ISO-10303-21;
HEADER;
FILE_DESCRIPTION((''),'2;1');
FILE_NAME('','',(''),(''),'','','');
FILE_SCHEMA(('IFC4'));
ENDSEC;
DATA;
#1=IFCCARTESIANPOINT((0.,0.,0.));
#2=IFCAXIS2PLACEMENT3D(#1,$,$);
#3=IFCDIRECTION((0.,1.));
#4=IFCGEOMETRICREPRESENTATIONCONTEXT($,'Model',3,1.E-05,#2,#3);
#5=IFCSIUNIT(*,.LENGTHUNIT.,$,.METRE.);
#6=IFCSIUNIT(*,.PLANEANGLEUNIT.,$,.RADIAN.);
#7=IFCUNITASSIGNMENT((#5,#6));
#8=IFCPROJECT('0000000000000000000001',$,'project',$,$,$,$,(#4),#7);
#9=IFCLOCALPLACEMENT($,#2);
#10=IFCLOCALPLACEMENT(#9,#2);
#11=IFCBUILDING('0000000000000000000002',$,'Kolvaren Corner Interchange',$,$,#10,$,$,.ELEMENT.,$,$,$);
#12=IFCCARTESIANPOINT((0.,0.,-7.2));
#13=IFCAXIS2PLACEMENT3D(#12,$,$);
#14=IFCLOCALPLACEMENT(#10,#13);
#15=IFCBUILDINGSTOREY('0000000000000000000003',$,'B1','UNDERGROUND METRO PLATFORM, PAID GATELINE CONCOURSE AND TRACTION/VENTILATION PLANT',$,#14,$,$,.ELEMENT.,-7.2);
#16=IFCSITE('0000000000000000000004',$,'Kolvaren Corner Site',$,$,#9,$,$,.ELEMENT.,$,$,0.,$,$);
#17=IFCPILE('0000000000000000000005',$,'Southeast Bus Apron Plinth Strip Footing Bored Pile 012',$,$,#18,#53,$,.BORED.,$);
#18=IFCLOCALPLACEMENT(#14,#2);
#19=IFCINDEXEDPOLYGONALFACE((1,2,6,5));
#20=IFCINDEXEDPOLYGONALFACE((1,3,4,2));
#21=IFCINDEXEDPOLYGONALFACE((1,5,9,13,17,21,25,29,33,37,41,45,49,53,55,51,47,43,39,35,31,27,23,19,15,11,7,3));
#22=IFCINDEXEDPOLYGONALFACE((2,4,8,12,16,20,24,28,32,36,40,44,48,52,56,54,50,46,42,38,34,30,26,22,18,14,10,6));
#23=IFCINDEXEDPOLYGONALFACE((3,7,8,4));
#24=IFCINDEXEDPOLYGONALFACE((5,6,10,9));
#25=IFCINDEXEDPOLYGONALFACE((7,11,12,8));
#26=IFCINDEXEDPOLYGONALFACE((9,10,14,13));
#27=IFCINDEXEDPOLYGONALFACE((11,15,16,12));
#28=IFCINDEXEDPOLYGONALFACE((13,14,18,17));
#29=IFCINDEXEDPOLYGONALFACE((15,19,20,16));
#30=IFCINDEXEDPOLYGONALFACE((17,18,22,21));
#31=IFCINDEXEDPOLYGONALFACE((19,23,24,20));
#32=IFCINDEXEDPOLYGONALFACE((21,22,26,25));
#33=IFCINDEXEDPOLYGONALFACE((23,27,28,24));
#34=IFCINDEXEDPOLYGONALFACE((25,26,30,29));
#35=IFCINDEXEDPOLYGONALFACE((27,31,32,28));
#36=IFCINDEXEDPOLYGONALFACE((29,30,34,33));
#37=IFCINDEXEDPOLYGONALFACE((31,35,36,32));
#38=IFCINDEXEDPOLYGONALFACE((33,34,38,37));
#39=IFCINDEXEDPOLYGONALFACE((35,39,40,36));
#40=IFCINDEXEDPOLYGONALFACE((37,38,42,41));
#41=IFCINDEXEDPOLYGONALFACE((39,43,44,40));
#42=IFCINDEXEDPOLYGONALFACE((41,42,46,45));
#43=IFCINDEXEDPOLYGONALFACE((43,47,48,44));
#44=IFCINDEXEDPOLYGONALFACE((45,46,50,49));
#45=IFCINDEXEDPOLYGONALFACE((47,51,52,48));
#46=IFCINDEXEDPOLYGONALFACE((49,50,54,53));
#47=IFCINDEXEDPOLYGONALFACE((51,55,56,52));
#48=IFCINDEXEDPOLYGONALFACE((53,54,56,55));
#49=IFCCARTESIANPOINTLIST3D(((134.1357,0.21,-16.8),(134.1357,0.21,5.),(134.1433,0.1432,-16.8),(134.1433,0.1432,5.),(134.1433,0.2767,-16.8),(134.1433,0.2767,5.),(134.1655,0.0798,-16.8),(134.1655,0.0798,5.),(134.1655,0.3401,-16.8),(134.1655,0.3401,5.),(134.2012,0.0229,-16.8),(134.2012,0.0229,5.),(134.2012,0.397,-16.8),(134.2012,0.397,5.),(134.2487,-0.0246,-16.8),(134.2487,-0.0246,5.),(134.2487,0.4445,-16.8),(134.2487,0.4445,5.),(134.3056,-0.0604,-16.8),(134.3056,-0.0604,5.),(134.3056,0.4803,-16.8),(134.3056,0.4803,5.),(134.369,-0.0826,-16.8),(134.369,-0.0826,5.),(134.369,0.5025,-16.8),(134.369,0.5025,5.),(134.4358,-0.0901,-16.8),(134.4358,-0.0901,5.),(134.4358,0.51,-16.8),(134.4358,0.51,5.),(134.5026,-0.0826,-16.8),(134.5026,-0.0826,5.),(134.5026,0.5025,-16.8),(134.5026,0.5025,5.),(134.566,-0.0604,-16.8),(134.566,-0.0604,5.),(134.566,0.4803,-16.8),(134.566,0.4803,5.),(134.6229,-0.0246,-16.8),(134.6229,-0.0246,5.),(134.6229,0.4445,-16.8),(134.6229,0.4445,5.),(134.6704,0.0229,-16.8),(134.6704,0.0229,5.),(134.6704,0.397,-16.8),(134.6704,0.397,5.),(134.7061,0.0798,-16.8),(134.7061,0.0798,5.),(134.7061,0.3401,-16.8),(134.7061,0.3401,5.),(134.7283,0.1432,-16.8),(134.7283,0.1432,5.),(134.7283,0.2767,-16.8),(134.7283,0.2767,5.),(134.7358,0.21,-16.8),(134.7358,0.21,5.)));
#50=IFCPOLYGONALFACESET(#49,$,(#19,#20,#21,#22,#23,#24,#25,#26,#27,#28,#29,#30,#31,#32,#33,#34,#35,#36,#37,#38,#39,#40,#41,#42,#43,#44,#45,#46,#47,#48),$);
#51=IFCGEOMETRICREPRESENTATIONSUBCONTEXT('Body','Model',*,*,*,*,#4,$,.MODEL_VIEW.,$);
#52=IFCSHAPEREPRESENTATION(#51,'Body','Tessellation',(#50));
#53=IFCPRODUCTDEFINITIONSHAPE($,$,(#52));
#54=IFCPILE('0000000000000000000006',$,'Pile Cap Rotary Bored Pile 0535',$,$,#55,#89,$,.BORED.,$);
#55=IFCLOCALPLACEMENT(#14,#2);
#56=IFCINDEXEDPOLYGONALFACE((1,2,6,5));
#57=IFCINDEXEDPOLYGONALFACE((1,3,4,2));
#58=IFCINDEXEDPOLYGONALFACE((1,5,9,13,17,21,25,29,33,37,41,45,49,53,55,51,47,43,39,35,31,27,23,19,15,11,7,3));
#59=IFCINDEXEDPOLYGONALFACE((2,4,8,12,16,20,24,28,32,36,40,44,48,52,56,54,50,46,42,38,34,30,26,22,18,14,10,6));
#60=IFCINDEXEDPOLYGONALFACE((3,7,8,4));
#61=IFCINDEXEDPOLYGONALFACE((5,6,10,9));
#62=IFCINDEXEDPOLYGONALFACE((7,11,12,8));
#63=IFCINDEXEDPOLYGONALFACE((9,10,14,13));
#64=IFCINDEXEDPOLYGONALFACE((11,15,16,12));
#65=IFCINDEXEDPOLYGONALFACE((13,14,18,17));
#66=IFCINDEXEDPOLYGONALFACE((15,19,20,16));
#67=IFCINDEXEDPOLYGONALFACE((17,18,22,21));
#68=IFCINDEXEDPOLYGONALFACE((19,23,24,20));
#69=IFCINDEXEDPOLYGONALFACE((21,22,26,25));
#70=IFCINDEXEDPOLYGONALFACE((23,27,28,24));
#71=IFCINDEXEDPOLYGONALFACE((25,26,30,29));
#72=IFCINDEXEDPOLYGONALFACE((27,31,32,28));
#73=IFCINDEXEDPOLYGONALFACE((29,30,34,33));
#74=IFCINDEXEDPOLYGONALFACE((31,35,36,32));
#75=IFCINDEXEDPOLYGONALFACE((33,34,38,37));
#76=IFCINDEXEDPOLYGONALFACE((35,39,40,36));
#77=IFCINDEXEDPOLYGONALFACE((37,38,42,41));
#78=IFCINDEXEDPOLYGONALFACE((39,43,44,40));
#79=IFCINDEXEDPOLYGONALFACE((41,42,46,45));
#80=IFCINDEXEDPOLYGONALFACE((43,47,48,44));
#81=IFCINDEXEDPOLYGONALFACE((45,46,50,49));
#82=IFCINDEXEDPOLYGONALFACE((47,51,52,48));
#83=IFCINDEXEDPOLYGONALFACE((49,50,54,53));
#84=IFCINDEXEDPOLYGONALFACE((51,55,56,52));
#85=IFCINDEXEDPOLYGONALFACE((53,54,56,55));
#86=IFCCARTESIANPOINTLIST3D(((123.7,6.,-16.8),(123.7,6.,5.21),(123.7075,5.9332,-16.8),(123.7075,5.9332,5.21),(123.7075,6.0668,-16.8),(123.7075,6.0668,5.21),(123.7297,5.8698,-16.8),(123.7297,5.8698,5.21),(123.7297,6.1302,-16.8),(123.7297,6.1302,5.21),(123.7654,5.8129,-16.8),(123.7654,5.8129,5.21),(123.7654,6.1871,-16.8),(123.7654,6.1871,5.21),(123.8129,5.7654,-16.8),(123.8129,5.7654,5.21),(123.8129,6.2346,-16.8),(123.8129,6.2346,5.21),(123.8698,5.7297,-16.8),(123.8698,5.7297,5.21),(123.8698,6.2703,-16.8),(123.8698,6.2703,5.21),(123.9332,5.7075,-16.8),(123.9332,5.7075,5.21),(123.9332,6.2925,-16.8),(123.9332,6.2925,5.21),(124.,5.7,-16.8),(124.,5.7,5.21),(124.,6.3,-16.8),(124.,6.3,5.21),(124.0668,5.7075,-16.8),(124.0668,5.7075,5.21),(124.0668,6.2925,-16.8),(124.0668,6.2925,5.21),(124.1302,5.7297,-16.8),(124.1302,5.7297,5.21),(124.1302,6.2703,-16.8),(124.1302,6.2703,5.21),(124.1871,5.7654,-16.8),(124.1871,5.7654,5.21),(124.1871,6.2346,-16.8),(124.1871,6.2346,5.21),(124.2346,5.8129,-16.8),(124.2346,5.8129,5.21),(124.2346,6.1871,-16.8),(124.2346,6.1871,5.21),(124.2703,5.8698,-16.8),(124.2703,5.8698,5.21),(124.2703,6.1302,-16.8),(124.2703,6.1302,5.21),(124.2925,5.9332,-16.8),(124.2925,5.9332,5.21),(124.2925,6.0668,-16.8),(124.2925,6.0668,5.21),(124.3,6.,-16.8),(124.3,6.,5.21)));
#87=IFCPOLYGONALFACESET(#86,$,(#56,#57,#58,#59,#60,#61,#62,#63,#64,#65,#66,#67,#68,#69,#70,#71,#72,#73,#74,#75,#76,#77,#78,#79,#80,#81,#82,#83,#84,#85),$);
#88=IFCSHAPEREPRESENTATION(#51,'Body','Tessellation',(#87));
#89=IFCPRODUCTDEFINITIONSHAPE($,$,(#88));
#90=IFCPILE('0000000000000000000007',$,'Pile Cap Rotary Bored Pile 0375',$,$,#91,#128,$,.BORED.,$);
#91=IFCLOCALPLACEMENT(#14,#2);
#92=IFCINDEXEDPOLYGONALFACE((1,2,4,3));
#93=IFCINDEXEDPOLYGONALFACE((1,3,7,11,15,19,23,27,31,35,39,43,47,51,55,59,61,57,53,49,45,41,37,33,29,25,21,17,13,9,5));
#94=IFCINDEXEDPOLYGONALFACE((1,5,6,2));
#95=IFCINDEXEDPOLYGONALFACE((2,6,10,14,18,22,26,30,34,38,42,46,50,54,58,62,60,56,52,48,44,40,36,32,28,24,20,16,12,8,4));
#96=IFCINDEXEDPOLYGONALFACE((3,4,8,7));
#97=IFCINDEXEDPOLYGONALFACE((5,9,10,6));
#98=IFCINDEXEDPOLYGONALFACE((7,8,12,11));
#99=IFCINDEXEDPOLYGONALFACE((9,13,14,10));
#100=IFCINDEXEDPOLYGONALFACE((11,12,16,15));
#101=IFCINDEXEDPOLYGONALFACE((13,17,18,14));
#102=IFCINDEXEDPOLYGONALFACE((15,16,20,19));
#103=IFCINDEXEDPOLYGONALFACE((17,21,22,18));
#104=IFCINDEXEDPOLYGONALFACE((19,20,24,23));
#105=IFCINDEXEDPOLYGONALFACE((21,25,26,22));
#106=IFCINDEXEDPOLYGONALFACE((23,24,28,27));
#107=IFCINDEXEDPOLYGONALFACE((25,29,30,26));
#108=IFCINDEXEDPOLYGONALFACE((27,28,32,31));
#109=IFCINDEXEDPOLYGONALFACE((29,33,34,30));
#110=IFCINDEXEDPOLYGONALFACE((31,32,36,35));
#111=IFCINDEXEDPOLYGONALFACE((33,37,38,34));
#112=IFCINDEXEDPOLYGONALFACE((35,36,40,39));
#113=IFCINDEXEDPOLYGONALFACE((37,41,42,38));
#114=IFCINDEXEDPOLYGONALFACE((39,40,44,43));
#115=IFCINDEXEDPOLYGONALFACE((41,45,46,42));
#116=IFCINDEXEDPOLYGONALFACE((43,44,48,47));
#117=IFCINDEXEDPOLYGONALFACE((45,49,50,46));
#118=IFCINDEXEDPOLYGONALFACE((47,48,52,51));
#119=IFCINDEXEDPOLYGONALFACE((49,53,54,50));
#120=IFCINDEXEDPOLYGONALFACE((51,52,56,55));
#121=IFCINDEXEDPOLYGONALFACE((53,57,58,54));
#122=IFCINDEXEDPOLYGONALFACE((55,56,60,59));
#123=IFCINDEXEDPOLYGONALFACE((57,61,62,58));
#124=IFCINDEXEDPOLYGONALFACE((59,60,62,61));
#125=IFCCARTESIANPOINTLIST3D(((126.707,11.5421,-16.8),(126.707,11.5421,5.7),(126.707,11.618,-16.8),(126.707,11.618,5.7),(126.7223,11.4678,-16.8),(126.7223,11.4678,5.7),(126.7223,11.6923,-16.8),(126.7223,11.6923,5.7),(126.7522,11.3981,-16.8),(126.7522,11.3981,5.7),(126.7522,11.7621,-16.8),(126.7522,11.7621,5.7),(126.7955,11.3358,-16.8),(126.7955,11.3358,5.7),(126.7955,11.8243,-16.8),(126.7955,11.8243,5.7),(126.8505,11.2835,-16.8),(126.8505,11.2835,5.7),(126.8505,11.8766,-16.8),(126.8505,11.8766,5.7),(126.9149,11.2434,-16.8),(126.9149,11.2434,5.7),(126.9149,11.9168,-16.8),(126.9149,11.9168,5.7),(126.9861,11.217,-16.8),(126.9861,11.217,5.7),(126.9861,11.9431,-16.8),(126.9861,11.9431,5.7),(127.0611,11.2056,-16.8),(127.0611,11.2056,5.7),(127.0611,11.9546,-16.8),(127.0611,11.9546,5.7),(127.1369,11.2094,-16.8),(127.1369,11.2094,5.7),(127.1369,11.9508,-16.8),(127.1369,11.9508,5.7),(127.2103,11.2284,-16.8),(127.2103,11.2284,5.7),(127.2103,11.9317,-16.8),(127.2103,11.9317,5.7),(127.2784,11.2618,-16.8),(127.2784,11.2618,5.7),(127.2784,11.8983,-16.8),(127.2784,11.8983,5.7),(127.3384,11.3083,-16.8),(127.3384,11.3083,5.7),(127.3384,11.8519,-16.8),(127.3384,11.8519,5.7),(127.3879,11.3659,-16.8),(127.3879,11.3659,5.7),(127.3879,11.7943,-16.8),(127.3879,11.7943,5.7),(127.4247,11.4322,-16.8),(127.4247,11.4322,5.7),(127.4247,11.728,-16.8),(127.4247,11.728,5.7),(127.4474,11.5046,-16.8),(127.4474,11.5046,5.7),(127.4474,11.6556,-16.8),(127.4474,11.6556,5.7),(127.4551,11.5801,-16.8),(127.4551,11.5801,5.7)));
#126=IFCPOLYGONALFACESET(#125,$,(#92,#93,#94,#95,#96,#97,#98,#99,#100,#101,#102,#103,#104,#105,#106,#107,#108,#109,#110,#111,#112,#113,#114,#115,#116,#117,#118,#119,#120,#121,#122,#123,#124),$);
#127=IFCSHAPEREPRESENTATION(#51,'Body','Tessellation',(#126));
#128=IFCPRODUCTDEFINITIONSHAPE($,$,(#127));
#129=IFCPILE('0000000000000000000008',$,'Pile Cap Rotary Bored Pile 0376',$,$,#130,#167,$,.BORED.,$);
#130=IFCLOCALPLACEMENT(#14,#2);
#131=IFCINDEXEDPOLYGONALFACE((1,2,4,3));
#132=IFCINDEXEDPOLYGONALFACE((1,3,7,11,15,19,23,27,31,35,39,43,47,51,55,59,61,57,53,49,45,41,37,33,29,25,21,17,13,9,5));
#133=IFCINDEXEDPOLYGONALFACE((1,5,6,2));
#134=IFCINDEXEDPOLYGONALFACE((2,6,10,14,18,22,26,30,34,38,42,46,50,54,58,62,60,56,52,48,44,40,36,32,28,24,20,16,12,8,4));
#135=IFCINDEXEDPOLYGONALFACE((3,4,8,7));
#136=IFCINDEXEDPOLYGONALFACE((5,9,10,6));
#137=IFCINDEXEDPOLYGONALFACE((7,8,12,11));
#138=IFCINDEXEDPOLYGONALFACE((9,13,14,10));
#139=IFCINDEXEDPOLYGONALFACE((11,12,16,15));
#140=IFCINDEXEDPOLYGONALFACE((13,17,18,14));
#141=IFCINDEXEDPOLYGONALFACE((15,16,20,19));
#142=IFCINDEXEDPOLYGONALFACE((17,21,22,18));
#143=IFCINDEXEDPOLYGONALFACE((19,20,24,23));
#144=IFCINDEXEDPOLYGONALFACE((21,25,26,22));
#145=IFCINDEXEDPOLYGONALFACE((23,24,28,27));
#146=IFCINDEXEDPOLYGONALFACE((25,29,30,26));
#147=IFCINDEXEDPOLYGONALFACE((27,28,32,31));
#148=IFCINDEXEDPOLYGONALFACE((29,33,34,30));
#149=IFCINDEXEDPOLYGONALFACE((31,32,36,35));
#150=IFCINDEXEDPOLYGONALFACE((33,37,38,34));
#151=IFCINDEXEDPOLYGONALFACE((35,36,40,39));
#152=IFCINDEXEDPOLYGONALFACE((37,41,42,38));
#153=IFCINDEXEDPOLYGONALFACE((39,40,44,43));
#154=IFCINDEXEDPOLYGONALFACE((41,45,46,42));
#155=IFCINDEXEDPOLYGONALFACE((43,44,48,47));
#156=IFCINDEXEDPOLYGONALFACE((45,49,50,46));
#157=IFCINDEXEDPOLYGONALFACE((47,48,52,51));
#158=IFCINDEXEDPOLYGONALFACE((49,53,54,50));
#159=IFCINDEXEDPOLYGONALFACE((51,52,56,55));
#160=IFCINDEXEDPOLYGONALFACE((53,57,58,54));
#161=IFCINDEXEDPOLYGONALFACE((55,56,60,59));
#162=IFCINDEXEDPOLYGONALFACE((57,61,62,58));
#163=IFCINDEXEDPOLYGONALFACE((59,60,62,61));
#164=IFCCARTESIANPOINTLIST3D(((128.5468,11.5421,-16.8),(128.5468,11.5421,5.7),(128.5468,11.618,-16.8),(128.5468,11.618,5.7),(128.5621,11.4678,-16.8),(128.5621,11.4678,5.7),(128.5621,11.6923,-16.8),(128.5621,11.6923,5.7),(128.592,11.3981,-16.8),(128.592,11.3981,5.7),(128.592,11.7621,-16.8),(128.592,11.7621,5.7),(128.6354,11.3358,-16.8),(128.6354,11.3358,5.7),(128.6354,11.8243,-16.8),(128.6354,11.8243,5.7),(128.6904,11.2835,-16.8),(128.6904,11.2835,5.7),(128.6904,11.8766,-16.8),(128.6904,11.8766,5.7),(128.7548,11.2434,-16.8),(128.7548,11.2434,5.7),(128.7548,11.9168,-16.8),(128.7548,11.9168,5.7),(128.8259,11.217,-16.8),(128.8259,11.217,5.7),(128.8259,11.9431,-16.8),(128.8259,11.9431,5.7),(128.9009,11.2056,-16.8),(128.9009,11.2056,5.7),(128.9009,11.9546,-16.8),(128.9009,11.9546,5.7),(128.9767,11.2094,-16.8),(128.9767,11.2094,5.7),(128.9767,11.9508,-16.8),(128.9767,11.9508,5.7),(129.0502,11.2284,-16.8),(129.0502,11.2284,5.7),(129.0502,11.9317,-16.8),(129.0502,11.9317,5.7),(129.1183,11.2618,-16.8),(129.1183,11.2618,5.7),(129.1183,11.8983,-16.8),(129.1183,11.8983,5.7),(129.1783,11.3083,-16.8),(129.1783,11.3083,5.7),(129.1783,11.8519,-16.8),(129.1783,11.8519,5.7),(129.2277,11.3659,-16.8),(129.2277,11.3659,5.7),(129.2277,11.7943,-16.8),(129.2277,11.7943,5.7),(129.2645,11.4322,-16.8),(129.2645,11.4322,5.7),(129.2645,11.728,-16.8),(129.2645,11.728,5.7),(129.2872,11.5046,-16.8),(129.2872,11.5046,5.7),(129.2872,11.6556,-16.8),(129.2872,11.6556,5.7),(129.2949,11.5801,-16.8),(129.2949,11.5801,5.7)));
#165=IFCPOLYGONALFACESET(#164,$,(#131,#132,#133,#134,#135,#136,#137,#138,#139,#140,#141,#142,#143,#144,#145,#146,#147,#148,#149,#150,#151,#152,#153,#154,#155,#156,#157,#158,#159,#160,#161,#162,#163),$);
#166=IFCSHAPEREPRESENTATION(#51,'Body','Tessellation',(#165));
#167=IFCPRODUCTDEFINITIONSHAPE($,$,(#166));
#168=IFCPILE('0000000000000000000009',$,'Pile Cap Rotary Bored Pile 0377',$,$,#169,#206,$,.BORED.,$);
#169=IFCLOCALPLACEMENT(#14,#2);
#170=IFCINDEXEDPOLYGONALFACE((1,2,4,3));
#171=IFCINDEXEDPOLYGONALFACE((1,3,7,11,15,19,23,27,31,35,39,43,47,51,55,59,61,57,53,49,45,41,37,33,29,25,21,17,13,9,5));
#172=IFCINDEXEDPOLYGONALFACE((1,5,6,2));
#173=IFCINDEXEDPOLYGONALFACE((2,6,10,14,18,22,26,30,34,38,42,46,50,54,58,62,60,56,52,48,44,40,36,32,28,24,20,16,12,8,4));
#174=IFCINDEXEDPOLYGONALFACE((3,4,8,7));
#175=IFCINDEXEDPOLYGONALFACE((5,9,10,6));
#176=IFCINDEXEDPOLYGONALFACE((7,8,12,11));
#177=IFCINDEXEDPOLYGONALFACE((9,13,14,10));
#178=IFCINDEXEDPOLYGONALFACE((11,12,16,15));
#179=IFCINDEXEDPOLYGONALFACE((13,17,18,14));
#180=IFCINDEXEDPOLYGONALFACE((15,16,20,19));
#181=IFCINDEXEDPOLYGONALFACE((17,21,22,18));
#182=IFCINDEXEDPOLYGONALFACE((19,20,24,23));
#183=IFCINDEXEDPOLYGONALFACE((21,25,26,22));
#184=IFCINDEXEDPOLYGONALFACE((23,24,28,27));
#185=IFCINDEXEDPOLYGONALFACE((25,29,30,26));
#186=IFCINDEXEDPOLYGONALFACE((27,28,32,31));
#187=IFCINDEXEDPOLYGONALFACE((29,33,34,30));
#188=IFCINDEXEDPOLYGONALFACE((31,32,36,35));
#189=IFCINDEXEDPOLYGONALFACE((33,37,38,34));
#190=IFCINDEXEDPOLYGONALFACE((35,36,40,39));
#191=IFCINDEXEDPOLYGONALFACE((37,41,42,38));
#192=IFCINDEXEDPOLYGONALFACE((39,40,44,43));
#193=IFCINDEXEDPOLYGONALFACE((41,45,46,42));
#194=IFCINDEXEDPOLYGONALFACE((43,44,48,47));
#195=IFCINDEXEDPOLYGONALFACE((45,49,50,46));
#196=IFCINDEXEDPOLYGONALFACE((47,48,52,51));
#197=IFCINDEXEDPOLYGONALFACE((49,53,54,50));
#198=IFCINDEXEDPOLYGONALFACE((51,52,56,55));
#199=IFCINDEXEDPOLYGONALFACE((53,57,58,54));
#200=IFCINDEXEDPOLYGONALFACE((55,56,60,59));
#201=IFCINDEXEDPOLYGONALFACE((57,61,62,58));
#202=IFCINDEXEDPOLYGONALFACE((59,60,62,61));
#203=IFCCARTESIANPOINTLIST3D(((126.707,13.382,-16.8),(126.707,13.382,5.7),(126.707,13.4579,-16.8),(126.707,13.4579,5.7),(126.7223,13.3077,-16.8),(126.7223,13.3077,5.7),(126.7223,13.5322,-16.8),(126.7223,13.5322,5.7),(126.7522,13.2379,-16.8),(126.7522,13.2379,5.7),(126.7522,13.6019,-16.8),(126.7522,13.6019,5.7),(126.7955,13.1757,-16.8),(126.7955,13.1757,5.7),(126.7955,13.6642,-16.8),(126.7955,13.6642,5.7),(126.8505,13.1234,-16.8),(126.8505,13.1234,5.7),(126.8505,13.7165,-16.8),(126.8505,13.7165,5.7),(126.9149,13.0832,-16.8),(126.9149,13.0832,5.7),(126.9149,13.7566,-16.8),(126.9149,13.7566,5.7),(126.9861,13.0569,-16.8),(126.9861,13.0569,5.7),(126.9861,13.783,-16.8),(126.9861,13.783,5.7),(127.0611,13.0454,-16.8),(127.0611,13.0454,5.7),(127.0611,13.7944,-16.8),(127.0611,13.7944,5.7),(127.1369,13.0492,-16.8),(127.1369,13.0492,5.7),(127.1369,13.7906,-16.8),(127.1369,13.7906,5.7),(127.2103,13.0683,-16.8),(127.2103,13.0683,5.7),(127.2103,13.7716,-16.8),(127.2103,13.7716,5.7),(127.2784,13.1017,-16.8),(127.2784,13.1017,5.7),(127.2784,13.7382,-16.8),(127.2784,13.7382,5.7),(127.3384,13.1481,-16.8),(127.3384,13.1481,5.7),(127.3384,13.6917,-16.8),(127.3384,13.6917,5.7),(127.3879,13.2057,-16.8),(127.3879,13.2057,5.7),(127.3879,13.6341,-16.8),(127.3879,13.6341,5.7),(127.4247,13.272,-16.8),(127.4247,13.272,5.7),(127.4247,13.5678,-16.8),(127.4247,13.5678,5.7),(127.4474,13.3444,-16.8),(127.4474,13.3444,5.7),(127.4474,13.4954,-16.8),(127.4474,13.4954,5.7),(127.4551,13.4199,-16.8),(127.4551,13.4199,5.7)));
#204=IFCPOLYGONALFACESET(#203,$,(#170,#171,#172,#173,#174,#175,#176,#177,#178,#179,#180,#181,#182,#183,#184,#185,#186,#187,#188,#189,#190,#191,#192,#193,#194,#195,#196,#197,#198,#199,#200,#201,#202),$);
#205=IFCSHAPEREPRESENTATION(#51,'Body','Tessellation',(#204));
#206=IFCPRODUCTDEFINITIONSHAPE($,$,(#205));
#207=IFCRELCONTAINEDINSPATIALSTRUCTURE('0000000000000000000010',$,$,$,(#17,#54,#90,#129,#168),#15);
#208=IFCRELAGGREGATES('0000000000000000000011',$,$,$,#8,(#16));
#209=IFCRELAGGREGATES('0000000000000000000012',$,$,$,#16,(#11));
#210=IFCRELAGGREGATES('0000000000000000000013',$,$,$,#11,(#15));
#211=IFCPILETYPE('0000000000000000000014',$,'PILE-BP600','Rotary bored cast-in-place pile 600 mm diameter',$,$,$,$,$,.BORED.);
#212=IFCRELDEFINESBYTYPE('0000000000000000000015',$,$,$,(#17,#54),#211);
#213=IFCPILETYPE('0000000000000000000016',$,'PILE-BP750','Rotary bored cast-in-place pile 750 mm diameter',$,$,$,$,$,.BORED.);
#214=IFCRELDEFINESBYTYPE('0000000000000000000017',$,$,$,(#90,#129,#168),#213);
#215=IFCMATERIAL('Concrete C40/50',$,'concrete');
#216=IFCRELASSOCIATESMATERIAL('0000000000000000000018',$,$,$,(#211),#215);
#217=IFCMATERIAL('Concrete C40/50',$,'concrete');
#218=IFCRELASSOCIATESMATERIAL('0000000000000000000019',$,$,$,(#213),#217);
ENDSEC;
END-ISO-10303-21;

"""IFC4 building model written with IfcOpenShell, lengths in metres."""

from ifc_helpers import new_model, si_unit, direction, frame, origin, origin_2d, place, context, subcontext, project, spatial, circle, extrude, material, material_profile, profile_set, type_object, element, save


model = new_model("IFC4")

# Units and contexts
model_context = context("Model", 3, precision=1e-05, world=origin(), true_north=direction((0.0, 1.0)))
body_context = subcontext(model_context, "Body", "Model", "MODEL_VIEW")
ifc_project = project(units=[si_unit("LENGTHUNIT", "METRE"), si_unit("PLANEANGLEUNIT", "RADIAN")], contexts=[model_context])

# Site, building, storey
site_placement = place(None, origin())
site = spatial("IfcSite", under=ifc_project, at=site_placement, Name="Kolvaren Corner Site", CompositionType="ELEMENT", RefElevation=0.0)
building_placement = place(site_placement, origin())
building = spatial("IfcBuilding", under=site, at=building_placement, Name="Kolvaren Corner Interchange", CompositionType="ELEMENT")
storey_placement = place(building_placement, frame((0.0, 0.0, -7.2)))
storey = spatial("IfcBuildingStorey", under=building, at=storey_placement, Name="B1", Description="UNDERGROUND METRO PLATFORM, PAID GATELINE CONCOURSE AND TRACTION/VENTILATION PLANT", CompositionType="ELEMENT", Elevation=-7.2)

# Piles
ifc_material_1 = material(Name="Concrete C40/50", Category="concrete")
ifc_material_profile_1 = material_profile(ifc_material_1, circle(Radius=0.3, at=origin_2d()), Name="BORED PILE 600")
ifc_profile_set_1 = profile_set([ifc_material_profile_1], Name="Concrete C40/50")
pile_type_1 = type_object("IfcPileType", Name="PILE-BP600", Description="Rotary bored cast-in-place pile 600 mm diameter", PredefinedType="BORED", material=ifc_profile_set_1)
for number, where, z_axis, x_axis, name in (
    (1, (134.4358, 0.21, 5.0), (0.0, 0.0, -1.0), (1.0, 0.0, 0.0), "Southeast Bus Apron Plinth Strip Footing Bored Pile 012"),
):
    element("IfcPile", number, at=place(storey_placement, frame(where, z_axis=z_axis, x_axis=x_axis)), inside=storey, type_object=pile_type_1, Name=name, PredefinedType="BORED", context=body_context, shape_type="SweptSolid", body=[
        extrude(circle(Radius=0.3, at=origin_2d()), origin(), (0.0, 0.0, 1.0), 21.8),
    ])
pile_placement = place(storey_placement, frame((124.0, 6.0, 5.21), z_axis=(0.0, 0.0, -1.0), x_axis=(1.0, 0.0, 0.0)))
element("IfcPile", 2, at=pile_placement, inside=storey, type_object=pile_type_1, Name="Pile Cap Rotary Bored Pile 0535", PredefinedType="BORED", context=body_context, shape_type="SweptSolid", body=[
    extrude(circle(Radius=0.3, at=origin_2d()), origin(), (0.0, 0.0, 1.0), 22.01),
])
ifc_material_2 = material(Name="Concrete C40/50", Category="concrete")
ifc_material_profile_2 = material_profile(ifc_material_2, circle(Radius=0.375, at=origin_2d()), Name="BORED PILE 750")
ifc_profile_set_2 = profile_set([ifc_material_profile_2], Name="Concrete C40/50")
pile_type_2 = type_object("IfcPileType", Name="PILE-BP750", Description="Rotary bored cast-in-place pile 750 mm diameter", PredefinedType="BORED", material=ifc_profile_set_2)
for number, where, z_axis, x_axis, name in (
    (3, (127.0801, 11.5801, 5.7), (0.0, 0.0, -1.0), (1.0, 0.0, 0.0), "Pile Cap Rotary Bored Pile 0375"),
    (4, (128.9199, 11.5801, 5.7), (0.0, 0.0, -1.0), (1.0, 0.0, 0.0), "Pile Cap Rotary Bored Pile 0376"),
    (5, (127.0801, 13.4199, 5.7), (0.0, 0.0, -1.0), (1.0, 0.0, 0.0), "Pile Cap Rotary Bored Pile 0377"),
):
    element("IfcPile", number, at=place(storey_placement, frame(where, z_axis=z_axis, x_axis=x_axis)), inside=storey, type_object=pile_type_2, Name=name, PredefinedType="BORED", context=body_context, shape_type="SweptSolid", body=[
        extrude(circle(Radius=0.375, at=origin_2d()), origin(), (0.0, 0.0, 1.0), 22.5),
    ])

save(model, "model.ifc")
